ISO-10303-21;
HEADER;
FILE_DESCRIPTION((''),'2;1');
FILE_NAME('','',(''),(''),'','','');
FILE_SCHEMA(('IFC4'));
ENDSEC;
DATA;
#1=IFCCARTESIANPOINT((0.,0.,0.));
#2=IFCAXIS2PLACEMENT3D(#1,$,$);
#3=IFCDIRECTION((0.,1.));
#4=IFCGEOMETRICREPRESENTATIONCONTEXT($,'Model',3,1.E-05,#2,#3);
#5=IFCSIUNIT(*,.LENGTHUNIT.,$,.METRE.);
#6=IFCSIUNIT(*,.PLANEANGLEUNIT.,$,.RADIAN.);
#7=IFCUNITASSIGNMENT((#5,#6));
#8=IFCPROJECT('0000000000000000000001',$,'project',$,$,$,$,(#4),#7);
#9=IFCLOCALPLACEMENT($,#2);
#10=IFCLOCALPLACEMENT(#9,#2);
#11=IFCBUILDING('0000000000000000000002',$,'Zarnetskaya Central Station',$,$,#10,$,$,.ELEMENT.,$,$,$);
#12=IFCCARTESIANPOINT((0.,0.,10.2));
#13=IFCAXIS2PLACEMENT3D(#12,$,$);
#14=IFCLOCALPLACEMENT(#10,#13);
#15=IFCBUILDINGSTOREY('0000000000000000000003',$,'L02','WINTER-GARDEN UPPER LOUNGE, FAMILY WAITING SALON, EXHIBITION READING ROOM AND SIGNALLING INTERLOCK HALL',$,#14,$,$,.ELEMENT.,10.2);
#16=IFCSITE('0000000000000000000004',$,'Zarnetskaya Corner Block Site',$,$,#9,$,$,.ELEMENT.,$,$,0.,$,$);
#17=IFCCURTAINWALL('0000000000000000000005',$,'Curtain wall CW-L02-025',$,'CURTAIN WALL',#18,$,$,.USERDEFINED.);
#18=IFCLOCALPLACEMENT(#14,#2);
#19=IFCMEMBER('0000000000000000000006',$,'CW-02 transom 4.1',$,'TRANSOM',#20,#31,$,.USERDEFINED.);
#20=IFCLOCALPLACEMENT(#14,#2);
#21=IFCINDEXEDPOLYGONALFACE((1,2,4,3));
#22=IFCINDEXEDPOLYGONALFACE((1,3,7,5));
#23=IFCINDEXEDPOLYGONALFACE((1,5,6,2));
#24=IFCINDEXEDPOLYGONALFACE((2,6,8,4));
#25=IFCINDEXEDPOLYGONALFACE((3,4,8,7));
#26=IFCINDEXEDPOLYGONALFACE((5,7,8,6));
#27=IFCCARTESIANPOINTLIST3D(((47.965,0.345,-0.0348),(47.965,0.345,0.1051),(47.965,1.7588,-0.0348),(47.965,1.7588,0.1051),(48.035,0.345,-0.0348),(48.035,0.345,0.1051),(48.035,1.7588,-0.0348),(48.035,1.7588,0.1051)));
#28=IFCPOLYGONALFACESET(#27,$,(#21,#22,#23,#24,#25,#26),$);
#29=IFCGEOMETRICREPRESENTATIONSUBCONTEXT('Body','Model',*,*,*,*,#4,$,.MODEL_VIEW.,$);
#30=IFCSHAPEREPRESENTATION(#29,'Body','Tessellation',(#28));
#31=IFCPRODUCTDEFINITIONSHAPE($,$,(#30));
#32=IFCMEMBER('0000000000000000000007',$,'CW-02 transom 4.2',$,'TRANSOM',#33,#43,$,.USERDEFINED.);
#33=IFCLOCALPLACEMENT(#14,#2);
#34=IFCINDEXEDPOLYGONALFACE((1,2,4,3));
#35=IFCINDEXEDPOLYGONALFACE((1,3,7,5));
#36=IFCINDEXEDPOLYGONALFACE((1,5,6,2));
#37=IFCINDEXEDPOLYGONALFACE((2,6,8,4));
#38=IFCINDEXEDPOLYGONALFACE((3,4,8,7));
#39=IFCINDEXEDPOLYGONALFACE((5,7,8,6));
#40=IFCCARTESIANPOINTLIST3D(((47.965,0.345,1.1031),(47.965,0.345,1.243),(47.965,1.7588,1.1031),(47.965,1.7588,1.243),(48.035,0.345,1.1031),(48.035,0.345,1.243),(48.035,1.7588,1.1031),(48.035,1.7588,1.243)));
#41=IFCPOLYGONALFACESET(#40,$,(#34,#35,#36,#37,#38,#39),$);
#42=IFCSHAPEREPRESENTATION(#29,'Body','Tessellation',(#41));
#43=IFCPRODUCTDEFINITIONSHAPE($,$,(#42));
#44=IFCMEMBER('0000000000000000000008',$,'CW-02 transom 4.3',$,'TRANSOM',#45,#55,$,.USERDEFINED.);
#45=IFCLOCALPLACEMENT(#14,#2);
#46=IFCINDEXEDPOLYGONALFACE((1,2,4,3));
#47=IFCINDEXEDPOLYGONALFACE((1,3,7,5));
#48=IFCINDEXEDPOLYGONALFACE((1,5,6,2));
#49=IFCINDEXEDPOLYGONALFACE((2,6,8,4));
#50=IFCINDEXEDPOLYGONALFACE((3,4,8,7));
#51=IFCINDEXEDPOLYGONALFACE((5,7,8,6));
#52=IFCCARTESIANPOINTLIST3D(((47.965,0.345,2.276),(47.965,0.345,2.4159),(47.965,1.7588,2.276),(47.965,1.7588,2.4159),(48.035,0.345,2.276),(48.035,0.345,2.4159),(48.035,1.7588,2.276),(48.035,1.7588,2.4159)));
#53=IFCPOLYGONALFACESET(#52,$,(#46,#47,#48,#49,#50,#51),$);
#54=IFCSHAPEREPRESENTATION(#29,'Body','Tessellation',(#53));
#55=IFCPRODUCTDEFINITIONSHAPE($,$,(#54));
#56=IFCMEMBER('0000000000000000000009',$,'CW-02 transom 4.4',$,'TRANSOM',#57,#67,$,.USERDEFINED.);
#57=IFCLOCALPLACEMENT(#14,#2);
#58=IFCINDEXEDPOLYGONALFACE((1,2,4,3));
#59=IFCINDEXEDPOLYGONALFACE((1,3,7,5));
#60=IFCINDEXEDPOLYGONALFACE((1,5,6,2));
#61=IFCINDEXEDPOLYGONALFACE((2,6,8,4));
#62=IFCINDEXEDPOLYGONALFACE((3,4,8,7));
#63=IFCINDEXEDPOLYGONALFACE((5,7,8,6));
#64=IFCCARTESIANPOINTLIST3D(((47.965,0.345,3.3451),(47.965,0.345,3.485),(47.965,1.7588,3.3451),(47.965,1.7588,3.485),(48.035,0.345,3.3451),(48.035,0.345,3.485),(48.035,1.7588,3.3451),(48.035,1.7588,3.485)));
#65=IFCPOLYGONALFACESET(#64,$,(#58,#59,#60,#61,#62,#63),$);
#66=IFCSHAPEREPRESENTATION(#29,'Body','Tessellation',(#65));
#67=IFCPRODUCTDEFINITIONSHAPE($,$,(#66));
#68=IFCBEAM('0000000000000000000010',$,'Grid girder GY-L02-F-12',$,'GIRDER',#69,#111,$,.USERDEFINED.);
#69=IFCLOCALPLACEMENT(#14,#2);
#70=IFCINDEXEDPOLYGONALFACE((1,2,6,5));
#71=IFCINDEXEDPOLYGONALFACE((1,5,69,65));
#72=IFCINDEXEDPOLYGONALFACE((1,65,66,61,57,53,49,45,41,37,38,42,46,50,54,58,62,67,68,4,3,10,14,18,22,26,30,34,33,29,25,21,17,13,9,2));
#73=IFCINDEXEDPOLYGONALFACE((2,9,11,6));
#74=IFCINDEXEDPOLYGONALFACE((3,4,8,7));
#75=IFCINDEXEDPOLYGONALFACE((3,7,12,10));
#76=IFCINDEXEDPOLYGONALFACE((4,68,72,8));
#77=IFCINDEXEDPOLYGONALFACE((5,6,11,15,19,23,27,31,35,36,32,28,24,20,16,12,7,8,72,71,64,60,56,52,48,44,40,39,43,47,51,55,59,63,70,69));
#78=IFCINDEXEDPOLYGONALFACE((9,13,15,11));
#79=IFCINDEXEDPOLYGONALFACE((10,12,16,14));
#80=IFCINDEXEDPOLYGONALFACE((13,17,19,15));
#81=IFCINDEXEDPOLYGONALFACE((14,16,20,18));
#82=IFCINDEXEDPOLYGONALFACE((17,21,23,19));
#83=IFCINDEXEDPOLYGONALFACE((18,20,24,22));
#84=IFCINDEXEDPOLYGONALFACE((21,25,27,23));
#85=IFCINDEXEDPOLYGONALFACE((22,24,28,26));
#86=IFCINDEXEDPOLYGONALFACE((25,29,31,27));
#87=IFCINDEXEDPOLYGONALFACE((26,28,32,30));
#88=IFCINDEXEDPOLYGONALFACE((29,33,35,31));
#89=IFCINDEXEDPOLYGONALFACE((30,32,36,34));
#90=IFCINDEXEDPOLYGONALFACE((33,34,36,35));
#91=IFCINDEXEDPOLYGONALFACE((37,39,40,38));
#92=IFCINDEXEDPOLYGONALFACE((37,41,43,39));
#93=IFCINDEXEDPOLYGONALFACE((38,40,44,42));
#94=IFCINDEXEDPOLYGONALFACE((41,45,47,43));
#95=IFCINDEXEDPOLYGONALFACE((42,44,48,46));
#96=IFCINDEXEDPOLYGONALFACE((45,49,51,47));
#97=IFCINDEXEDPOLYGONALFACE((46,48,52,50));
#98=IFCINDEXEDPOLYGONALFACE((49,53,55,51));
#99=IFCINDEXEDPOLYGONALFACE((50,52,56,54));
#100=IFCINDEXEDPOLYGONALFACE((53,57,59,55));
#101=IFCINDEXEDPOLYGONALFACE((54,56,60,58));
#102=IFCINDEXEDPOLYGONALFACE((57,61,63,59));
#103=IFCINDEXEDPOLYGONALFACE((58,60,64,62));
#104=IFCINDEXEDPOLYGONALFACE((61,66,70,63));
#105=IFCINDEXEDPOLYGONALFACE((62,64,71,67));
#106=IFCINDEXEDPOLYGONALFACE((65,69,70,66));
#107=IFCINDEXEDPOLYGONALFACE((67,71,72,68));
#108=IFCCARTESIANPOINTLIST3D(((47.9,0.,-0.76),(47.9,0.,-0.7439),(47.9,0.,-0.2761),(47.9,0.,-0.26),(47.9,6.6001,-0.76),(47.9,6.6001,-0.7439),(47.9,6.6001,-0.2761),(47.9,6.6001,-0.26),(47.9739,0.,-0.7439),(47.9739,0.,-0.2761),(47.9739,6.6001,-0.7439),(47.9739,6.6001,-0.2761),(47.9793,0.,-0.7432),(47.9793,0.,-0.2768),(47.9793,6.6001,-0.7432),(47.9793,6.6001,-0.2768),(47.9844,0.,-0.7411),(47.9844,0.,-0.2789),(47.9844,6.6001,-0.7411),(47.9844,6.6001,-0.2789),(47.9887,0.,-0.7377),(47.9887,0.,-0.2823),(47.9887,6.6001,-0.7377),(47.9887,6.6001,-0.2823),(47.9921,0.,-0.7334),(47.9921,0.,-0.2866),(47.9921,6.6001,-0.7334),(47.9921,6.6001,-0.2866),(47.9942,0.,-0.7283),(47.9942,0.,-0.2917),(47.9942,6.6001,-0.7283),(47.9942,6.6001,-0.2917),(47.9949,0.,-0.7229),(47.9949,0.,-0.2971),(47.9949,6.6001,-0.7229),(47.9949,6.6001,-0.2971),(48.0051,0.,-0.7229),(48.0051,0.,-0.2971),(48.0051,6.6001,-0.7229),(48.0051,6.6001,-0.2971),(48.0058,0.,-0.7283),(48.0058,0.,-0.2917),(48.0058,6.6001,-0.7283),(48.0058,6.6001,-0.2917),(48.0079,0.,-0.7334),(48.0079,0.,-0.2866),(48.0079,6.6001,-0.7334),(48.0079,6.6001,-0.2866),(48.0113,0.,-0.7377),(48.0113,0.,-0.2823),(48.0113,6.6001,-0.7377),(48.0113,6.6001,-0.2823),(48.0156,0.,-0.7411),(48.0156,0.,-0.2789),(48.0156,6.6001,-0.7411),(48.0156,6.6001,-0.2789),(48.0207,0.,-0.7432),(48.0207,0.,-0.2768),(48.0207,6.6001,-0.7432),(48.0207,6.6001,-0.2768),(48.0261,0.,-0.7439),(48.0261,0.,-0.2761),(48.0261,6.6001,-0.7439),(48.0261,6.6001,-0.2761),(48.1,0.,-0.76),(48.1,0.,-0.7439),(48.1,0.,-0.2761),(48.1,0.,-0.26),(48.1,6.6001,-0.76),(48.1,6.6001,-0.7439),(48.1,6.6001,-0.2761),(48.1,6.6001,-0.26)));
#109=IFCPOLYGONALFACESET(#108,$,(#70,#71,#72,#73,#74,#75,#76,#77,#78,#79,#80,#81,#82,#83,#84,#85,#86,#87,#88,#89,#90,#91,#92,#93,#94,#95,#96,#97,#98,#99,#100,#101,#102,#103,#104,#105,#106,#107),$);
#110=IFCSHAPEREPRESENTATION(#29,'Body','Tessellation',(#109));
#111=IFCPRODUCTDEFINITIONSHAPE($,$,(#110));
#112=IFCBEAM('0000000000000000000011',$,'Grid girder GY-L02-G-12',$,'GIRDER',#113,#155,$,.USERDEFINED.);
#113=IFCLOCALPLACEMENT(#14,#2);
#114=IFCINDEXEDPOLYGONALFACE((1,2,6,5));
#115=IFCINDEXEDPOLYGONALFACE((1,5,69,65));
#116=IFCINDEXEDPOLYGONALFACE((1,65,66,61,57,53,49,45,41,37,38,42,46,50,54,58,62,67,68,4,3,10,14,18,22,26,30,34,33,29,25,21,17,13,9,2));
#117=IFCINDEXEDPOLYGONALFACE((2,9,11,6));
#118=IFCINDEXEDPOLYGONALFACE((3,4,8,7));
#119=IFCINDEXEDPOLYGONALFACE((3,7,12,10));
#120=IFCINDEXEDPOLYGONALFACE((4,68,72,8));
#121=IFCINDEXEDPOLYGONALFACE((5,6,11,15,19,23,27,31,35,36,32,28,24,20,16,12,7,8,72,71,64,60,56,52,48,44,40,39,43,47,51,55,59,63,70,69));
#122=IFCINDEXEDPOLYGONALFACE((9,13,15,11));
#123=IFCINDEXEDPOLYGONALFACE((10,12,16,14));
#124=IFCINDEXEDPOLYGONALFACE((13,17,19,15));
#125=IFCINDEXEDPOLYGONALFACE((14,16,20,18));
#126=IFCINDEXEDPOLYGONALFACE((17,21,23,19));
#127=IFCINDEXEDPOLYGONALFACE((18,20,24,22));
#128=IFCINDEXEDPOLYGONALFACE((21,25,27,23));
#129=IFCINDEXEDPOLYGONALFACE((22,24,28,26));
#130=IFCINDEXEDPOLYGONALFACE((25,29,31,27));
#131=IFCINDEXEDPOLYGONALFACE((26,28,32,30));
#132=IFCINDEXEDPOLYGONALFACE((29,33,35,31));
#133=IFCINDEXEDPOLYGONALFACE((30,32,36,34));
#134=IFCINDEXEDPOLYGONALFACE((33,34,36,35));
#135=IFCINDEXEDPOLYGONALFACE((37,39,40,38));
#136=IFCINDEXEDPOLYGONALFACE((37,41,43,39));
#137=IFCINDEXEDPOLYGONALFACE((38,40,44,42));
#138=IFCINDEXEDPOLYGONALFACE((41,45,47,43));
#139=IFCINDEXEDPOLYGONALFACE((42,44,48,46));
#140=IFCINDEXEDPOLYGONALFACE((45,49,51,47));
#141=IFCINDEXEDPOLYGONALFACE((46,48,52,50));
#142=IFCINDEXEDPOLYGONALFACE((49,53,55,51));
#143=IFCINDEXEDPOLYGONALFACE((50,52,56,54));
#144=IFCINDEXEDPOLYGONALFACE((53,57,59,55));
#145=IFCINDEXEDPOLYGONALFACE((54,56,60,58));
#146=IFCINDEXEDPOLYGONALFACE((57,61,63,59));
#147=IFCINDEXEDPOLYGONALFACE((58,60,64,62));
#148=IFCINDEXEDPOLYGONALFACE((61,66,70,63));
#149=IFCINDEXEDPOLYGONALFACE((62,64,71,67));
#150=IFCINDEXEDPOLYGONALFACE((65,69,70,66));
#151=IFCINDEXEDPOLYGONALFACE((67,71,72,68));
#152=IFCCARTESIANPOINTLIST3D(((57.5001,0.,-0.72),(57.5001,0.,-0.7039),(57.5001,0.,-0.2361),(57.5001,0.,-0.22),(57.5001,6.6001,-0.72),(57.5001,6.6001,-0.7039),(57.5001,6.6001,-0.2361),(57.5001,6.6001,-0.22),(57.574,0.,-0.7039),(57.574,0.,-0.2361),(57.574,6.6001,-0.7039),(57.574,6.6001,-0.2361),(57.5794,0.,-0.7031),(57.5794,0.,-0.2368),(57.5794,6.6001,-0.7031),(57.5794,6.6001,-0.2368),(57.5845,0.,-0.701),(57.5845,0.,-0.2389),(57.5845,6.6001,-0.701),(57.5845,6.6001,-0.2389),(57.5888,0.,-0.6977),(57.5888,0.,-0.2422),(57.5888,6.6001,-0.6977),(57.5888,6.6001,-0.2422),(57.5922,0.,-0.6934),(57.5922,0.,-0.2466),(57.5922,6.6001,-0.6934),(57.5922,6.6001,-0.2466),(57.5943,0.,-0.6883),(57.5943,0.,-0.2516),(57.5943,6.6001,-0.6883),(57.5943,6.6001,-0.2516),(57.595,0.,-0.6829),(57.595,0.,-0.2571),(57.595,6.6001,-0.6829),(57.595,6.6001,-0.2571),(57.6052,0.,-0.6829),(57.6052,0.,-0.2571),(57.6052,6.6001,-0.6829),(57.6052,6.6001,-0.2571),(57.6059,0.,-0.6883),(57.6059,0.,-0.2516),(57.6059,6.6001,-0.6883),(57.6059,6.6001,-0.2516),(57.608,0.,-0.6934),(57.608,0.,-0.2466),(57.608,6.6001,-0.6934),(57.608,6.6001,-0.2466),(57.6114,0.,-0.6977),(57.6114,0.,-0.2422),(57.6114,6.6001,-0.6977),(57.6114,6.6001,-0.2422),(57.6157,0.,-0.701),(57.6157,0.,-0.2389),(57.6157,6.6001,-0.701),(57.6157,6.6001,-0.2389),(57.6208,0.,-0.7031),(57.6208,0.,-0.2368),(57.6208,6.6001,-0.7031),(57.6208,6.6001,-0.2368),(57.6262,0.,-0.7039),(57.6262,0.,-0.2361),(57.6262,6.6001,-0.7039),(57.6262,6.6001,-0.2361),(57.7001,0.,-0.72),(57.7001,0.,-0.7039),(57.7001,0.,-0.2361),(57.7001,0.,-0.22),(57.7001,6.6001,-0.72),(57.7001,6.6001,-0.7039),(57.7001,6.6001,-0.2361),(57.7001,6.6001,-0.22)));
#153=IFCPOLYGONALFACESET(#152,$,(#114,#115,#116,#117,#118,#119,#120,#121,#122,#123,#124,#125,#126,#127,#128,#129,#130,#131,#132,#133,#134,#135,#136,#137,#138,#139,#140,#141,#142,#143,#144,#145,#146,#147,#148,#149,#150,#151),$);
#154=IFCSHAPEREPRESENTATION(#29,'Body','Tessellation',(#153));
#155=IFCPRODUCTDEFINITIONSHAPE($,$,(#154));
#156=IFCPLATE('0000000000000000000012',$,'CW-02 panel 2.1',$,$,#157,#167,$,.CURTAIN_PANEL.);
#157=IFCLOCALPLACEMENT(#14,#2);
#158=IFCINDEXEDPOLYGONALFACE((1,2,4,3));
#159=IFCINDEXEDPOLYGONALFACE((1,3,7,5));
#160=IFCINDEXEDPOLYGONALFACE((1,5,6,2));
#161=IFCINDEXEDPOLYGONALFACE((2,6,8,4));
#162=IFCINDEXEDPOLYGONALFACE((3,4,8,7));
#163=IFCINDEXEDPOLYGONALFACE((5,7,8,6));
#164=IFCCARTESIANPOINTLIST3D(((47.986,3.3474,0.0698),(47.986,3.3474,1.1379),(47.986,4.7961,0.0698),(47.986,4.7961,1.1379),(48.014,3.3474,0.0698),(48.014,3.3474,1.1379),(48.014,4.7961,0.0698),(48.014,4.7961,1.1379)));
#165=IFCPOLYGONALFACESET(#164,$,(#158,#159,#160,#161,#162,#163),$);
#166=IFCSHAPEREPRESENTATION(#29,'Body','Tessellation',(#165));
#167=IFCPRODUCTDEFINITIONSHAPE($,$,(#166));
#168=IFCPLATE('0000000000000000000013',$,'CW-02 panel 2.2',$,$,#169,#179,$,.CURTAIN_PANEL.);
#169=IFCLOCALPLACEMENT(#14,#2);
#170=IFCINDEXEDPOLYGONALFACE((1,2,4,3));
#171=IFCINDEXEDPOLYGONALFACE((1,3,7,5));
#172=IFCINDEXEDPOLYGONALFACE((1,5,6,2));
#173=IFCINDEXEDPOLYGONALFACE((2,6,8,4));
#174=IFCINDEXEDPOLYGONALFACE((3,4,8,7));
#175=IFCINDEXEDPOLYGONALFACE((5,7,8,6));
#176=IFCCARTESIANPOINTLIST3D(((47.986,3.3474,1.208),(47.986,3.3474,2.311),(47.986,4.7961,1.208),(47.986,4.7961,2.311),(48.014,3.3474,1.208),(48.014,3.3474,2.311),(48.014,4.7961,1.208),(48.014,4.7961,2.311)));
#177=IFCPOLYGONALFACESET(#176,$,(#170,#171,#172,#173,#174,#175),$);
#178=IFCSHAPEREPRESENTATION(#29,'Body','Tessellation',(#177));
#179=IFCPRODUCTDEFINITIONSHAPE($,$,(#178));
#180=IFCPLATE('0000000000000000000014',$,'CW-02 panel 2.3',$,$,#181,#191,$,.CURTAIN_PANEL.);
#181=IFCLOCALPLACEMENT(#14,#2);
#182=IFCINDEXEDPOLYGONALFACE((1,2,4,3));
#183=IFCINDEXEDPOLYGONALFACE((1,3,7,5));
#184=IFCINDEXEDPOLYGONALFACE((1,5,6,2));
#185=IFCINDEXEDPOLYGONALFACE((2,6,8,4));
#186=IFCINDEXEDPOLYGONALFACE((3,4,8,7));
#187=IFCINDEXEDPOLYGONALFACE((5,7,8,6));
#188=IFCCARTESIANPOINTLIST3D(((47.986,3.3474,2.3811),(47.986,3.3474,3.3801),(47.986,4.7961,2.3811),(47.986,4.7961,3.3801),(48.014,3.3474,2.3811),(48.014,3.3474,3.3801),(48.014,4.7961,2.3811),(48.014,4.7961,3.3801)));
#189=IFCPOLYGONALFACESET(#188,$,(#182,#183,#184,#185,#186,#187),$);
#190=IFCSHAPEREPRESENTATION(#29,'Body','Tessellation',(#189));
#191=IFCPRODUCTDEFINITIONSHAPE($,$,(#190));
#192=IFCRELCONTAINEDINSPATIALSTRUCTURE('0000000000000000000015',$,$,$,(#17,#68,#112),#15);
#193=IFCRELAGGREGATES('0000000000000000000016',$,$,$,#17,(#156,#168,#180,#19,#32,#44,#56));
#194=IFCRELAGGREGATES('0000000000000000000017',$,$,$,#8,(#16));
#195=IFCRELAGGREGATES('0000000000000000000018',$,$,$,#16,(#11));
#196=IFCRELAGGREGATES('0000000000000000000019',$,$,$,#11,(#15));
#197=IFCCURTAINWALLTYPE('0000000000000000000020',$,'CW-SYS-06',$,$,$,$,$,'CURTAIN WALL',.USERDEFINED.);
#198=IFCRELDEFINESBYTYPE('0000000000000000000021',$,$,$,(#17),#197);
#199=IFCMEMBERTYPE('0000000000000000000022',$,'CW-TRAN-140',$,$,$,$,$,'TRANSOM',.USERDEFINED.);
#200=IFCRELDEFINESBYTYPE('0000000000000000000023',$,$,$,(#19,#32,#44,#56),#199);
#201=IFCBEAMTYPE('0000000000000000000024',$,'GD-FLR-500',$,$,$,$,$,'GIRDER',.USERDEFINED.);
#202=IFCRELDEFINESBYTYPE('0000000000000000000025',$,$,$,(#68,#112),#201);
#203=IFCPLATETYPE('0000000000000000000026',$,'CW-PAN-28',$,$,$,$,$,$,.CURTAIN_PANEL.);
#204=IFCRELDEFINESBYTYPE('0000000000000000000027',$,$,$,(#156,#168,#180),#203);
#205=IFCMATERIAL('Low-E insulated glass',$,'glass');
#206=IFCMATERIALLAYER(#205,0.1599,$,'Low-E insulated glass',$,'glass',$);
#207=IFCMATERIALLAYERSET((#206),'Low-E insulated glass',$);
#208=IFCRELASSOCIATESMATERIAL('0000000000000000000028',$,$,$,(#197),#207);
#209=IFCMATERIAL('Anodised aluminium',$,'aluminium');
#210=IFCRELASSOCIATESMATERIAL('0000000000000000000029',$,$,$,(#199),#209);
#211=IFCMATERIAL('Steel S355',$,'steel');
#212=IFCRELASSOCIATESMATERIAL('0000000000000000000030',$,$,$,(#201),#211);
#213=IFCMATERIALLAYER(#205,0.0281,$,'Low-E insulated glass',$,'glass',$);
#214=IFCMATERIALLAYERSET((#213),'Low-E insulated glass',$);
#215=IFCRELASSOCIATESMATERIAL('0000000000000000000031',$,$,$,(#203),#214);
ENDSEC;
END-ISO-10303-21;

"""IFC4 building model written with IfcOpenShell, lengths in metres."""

from ifc_helpers import new_model, si_unit, direction, frame, origin, origin_2d, place, context, subcontext, project, spatial, rectangle, i_section, extrude, material, layer, layer_set, material_profile, profile_set, type_object, element, aggregate, save


model = new_model("IFC4")

# Units and contexts
model_context = context("Model", 3, precision=1e-05, world=origin(), true_north=direction((0.0, 1.0)))
body_context = subcontext(model_context, "Body", "Model", "MODEL_VIEW")
ifc_project = project(units=[si_unit("LENGTHUNIT", "METRE"), si_unit("PLANEANGLEUNIT", "RADIAN")], contexts=[model_context])

# Site, building, storey
site_placement = place(None, origin())
site = spatial("IfcSite", under=ifc_project, at=site_placement, Name="Zarnetskaya Corner Block Site", CompositionType="ELEMENT", RefElevation=0.0)
building_placement = place(site_placement, origin())
building = spatial("IfcBuilding", under=site, at=building_placement, Name="Zarnetskaya Central Station", CompositionType="ELEMENT")
storey_placement = place(building_placement, frame((0.0, 0.0, 10.2)))
storey = spatial("IfcBuildingStorey", under=building, at=storey_placement, Name="L02", Description="WINTER-GARDEN UPPER LOUNGE, FAMILY WAITING SALON, EXHIBITION READING ROOM AND SIGNALLING INTERLOCK HALL", CompositionType="ELEMENT", Elevation=10.2)

# Shared definitions
ifc_material_1 = material(Name="Steel S355", Category="steel")

# Curtain wall, members
ifc_material_2 = material(Name="Low-E insulated glass", Category="glass")
ifc_layer_1 = layer(ifc_material_2, 0.1599, Name="Low-E insulated glass", Category="glass")
ifc_layer_set_1 = layer_set([ifc_layer_1], Name="Low-E insulated glass")
curtain_wall_type = type_object("IfcCurtainWallType", Name="CW-SYS-06", ElementType="CURTAIN WALL", PredefinedType="USERDEFINED", material=ifc_layer_set_1)
curtain_wall_placement = place(storey_placement, origin())
curtain_wall = element("IfcCurtainWall", 1, at=curtain_wall_placement, inside=storey, type_object=curtain_wall_type, Name="Curtain wall CW-L02-025", ObjectType="CURTAIN WALL", PredefinedType="USERDEFINED")
ifc_material_3 = material(Name="Anodised aluminium", Category="aluminium")
ifc_material_profile_1 = material_profile(ifc_material_3, rectangle(XDim=0.0701, YDim=0.1399, at=origin_2d()), Name="ALU TRAN 70x140")
ifc_profile_set_1 = profile_set([ifc_material_profile_1], Name="Anodised aluminium")
member_type_1 = type_object("IfcMemberType", Name="CW-TRAN-140", ElementType="TRANSOM", PredefinedType="USERDEFINED", material=ifc_profile_set_1)
member_1_placement = place(storey_placement, frame((48.0, 1.7588, 0.0352), z_axis=(0.0, -1.0, 0.0), x_axis=(1.0, 0.0, 0.0)))
member_1 = element("IfcMember", 2, at=member_1_placement, type_object=member_type_1, Name="CW-02 transom 4.1", ObjectType="TRANSOM", PredefinedType="USERDEFINED", context=body_context, shape_type="SweptSolid", body=[
    extrude(rectangle(XDim=0.0701, YDim=0.1399, at=origin_2d()), origin(), (0.0, 0.0, 1.0), 1.4138),
])
member_2_placement = place(storey_placement, frame((48.0, 1.7588, 1.1731), z_axis=(0.0, -1.0, 0.0), x_axis=(1.0, 0.0, 0.0)))
member_2 = element("IfcMember", 3, at=member_2_placement, type_object=member_type_1, Name="CW-02 transom 4.2", ObjectType="TRANSOM", PredefinedType="USERDEFINED", context=body_context, shape_type="SweptSolid", body=[
    extrude(rectangle(XDim=0.0701, YDim=0.1399, at=origin_2d()), origin(), (0.0, 0.0, 1.0), 1.4138),
])
member_3_placement = place(storey_placement, frame((48.0, 1.7588, 2.3459), z_axis=(0.0, -1.0, 0.0), x_axis=(1.0, 0.0, 0.0)))
member_3 = element("IfcMember", 4, at=member_3_placement, type_object=member_type_1, Name="CW-02 transom 4.3", ObjectType="TRANSOM", PredefinedType="USERDEFINED", context=body_context, shape_type="SweptSolid", body=[
    extrude(rectangle(XDim=0.0701, YDim=0.1399, at=origin_2d()), origin(), (0.0, 0.0, 1.0), 1.4138),
])
member_4_placement = place(storey_placement, frame((48.0, 1.7588, 3.415), z_axis=(0.0, -1.0, 0.0), x_axis=(1.0, 0.0, 0.0)))
member_4 = element("IfcMember", 5, at=member_4_placement, type_object=member_type_1, Name="CW-02 transom 4.4", ObjectType="TRANSOM", PredefinedType="USERDEFINED", context=body_context, shape_type="SweptSolid", body=[
    extrude(rectangle(XDim=0.0701, YDim=0.1399, at=origin_2d()), origin(), (0.0, 0.0, 1.0), 1.4138),
])

# Beams
ifc_material_profile_2 = material_profile(ifc_material_1, i_section(OverallWidth=0.2, OverallDepth=0.5, WebThickness=0.0103, FlangeThickness=0.0161, FilletRadius=0.021, at=origin_2d()), Name="IPE 500")
ifc_profile_set_2 = profile_set([ifc_material_profile_2], Name="Steel S355")
beam_type_1 = type_object("IfcBeamType", Name="GD-FLR-500", ElementType="GIRDER", PredefinedType="USERDEFINED", material=ifc_profile_set_2)
for number, where, z_axis, x_axis, name in (
    (6, (48.0, 0.0, -0.51), (0.0, 1.0, 0.0), (-1.0, 0.0, 0.0), "Grid girder GY-L02-F-12"),
    (7, (57.6001, 0.0, -0.47), (0.0, 1.0, 0.0), (-1.0, 0.0, 0.0), "Grid girder GY-L02-G-12"),
):
    element("IfcBeam", number, at=place(storey_placement, frame(where, z_axis=z_axis, x_axis=x_axis)), inside=storey, type_object=beam_type_1, Name=name, ObjectType="GIRDER", PredefinedType="USERDEFINED", context=body_context, shape_type="SweptSolid", body=[
        extrude(i_section(OverallWidth=0.2, OverallDepth=0.5, WebThickness=0.0103, FlangeThickness=0.0161, FilletRadius=0.021, at=origin_2d()), origin(), (0.0, 0.0, 1.0), 6.6001),
    ])

# Plates
ifc_layer_2 = layer(ifc_material_2, 0.0281, Name="Low-E insulated glass", Category="glass")
ifc_layer_set_2 = layer_set([ifc_layer_2], Name="Low-E insulated glass")
plate_type = type_object("IfcPlateType", Name="CW-PAN-28", PredefinedType="CURTAIN_PANEL", material=ifc_layer_set_2)
plate_1_placement = place(storey_placement, frame((48.0, 4.0718, 0.0698), z_axis=(0.0, 0.0, 1.0), x_axis=(0.0, -1.0, 0.0)))
plate_1 = element("IfcPlate", 8, at=plate_1_placement, type_object=plate_type, Name="CW-02 panel 2.1", PredefinedType="CURTAIN_PANEL", context=body_context, shape_type="SweptSolid", body=[
    extrude(rectangle(XDim=1.4487, YDim=0.0281, at=origin_2d()), origin(), (0.0, 0.0, 1.0), 1.0681),
])
plate_2_placement = place(storey_placement, frame((48.0, 4.0718, 1.208), z_axis=(0.0, 0.0, 1.0), x_axis=(0.0, -1.0, 0.0)))
plate_2 = element("IfcPlate", 9, at=plate_2_placement, type_object=plate_type, Name="CW-02 panel 2.2", PredefinedType="CURTAIN_PANEL", context=body_context, shape_type="SweptSolid", body=[
    extrude(rectangle(XDim=1.4487, YDim=0.0281, at=origin_2d()), origin(), (0.0, 0.0, 1.0), 1.103),
])
plate_3_placement = place(storey_placement, frame((48.0, 4.0718, 2.3811), z_axis=(0.0, 0.0, 1.0), x_axis=(0.0, -1.0, 0.0)))
plate_3 = element("IfcPlate", 10, at=plate_3_placement, type_object=plate_type, Name="CW-02 panel 2.3", PredefinedType="CURTAIN_PANEL", context=body_context, shape_type="SweptSolid", body=[
    extrude(rectangle(XDim=1.4487, YDim=0.0281, at=origin_2d()), origin(), (0.0, 0.0, 1.0), 0.999),
])
aggregate(curtain_wall, [plate_1, plate_2, plate_3, member_1, member_2, member_3, member_4])

save(model, "model.ifc")
